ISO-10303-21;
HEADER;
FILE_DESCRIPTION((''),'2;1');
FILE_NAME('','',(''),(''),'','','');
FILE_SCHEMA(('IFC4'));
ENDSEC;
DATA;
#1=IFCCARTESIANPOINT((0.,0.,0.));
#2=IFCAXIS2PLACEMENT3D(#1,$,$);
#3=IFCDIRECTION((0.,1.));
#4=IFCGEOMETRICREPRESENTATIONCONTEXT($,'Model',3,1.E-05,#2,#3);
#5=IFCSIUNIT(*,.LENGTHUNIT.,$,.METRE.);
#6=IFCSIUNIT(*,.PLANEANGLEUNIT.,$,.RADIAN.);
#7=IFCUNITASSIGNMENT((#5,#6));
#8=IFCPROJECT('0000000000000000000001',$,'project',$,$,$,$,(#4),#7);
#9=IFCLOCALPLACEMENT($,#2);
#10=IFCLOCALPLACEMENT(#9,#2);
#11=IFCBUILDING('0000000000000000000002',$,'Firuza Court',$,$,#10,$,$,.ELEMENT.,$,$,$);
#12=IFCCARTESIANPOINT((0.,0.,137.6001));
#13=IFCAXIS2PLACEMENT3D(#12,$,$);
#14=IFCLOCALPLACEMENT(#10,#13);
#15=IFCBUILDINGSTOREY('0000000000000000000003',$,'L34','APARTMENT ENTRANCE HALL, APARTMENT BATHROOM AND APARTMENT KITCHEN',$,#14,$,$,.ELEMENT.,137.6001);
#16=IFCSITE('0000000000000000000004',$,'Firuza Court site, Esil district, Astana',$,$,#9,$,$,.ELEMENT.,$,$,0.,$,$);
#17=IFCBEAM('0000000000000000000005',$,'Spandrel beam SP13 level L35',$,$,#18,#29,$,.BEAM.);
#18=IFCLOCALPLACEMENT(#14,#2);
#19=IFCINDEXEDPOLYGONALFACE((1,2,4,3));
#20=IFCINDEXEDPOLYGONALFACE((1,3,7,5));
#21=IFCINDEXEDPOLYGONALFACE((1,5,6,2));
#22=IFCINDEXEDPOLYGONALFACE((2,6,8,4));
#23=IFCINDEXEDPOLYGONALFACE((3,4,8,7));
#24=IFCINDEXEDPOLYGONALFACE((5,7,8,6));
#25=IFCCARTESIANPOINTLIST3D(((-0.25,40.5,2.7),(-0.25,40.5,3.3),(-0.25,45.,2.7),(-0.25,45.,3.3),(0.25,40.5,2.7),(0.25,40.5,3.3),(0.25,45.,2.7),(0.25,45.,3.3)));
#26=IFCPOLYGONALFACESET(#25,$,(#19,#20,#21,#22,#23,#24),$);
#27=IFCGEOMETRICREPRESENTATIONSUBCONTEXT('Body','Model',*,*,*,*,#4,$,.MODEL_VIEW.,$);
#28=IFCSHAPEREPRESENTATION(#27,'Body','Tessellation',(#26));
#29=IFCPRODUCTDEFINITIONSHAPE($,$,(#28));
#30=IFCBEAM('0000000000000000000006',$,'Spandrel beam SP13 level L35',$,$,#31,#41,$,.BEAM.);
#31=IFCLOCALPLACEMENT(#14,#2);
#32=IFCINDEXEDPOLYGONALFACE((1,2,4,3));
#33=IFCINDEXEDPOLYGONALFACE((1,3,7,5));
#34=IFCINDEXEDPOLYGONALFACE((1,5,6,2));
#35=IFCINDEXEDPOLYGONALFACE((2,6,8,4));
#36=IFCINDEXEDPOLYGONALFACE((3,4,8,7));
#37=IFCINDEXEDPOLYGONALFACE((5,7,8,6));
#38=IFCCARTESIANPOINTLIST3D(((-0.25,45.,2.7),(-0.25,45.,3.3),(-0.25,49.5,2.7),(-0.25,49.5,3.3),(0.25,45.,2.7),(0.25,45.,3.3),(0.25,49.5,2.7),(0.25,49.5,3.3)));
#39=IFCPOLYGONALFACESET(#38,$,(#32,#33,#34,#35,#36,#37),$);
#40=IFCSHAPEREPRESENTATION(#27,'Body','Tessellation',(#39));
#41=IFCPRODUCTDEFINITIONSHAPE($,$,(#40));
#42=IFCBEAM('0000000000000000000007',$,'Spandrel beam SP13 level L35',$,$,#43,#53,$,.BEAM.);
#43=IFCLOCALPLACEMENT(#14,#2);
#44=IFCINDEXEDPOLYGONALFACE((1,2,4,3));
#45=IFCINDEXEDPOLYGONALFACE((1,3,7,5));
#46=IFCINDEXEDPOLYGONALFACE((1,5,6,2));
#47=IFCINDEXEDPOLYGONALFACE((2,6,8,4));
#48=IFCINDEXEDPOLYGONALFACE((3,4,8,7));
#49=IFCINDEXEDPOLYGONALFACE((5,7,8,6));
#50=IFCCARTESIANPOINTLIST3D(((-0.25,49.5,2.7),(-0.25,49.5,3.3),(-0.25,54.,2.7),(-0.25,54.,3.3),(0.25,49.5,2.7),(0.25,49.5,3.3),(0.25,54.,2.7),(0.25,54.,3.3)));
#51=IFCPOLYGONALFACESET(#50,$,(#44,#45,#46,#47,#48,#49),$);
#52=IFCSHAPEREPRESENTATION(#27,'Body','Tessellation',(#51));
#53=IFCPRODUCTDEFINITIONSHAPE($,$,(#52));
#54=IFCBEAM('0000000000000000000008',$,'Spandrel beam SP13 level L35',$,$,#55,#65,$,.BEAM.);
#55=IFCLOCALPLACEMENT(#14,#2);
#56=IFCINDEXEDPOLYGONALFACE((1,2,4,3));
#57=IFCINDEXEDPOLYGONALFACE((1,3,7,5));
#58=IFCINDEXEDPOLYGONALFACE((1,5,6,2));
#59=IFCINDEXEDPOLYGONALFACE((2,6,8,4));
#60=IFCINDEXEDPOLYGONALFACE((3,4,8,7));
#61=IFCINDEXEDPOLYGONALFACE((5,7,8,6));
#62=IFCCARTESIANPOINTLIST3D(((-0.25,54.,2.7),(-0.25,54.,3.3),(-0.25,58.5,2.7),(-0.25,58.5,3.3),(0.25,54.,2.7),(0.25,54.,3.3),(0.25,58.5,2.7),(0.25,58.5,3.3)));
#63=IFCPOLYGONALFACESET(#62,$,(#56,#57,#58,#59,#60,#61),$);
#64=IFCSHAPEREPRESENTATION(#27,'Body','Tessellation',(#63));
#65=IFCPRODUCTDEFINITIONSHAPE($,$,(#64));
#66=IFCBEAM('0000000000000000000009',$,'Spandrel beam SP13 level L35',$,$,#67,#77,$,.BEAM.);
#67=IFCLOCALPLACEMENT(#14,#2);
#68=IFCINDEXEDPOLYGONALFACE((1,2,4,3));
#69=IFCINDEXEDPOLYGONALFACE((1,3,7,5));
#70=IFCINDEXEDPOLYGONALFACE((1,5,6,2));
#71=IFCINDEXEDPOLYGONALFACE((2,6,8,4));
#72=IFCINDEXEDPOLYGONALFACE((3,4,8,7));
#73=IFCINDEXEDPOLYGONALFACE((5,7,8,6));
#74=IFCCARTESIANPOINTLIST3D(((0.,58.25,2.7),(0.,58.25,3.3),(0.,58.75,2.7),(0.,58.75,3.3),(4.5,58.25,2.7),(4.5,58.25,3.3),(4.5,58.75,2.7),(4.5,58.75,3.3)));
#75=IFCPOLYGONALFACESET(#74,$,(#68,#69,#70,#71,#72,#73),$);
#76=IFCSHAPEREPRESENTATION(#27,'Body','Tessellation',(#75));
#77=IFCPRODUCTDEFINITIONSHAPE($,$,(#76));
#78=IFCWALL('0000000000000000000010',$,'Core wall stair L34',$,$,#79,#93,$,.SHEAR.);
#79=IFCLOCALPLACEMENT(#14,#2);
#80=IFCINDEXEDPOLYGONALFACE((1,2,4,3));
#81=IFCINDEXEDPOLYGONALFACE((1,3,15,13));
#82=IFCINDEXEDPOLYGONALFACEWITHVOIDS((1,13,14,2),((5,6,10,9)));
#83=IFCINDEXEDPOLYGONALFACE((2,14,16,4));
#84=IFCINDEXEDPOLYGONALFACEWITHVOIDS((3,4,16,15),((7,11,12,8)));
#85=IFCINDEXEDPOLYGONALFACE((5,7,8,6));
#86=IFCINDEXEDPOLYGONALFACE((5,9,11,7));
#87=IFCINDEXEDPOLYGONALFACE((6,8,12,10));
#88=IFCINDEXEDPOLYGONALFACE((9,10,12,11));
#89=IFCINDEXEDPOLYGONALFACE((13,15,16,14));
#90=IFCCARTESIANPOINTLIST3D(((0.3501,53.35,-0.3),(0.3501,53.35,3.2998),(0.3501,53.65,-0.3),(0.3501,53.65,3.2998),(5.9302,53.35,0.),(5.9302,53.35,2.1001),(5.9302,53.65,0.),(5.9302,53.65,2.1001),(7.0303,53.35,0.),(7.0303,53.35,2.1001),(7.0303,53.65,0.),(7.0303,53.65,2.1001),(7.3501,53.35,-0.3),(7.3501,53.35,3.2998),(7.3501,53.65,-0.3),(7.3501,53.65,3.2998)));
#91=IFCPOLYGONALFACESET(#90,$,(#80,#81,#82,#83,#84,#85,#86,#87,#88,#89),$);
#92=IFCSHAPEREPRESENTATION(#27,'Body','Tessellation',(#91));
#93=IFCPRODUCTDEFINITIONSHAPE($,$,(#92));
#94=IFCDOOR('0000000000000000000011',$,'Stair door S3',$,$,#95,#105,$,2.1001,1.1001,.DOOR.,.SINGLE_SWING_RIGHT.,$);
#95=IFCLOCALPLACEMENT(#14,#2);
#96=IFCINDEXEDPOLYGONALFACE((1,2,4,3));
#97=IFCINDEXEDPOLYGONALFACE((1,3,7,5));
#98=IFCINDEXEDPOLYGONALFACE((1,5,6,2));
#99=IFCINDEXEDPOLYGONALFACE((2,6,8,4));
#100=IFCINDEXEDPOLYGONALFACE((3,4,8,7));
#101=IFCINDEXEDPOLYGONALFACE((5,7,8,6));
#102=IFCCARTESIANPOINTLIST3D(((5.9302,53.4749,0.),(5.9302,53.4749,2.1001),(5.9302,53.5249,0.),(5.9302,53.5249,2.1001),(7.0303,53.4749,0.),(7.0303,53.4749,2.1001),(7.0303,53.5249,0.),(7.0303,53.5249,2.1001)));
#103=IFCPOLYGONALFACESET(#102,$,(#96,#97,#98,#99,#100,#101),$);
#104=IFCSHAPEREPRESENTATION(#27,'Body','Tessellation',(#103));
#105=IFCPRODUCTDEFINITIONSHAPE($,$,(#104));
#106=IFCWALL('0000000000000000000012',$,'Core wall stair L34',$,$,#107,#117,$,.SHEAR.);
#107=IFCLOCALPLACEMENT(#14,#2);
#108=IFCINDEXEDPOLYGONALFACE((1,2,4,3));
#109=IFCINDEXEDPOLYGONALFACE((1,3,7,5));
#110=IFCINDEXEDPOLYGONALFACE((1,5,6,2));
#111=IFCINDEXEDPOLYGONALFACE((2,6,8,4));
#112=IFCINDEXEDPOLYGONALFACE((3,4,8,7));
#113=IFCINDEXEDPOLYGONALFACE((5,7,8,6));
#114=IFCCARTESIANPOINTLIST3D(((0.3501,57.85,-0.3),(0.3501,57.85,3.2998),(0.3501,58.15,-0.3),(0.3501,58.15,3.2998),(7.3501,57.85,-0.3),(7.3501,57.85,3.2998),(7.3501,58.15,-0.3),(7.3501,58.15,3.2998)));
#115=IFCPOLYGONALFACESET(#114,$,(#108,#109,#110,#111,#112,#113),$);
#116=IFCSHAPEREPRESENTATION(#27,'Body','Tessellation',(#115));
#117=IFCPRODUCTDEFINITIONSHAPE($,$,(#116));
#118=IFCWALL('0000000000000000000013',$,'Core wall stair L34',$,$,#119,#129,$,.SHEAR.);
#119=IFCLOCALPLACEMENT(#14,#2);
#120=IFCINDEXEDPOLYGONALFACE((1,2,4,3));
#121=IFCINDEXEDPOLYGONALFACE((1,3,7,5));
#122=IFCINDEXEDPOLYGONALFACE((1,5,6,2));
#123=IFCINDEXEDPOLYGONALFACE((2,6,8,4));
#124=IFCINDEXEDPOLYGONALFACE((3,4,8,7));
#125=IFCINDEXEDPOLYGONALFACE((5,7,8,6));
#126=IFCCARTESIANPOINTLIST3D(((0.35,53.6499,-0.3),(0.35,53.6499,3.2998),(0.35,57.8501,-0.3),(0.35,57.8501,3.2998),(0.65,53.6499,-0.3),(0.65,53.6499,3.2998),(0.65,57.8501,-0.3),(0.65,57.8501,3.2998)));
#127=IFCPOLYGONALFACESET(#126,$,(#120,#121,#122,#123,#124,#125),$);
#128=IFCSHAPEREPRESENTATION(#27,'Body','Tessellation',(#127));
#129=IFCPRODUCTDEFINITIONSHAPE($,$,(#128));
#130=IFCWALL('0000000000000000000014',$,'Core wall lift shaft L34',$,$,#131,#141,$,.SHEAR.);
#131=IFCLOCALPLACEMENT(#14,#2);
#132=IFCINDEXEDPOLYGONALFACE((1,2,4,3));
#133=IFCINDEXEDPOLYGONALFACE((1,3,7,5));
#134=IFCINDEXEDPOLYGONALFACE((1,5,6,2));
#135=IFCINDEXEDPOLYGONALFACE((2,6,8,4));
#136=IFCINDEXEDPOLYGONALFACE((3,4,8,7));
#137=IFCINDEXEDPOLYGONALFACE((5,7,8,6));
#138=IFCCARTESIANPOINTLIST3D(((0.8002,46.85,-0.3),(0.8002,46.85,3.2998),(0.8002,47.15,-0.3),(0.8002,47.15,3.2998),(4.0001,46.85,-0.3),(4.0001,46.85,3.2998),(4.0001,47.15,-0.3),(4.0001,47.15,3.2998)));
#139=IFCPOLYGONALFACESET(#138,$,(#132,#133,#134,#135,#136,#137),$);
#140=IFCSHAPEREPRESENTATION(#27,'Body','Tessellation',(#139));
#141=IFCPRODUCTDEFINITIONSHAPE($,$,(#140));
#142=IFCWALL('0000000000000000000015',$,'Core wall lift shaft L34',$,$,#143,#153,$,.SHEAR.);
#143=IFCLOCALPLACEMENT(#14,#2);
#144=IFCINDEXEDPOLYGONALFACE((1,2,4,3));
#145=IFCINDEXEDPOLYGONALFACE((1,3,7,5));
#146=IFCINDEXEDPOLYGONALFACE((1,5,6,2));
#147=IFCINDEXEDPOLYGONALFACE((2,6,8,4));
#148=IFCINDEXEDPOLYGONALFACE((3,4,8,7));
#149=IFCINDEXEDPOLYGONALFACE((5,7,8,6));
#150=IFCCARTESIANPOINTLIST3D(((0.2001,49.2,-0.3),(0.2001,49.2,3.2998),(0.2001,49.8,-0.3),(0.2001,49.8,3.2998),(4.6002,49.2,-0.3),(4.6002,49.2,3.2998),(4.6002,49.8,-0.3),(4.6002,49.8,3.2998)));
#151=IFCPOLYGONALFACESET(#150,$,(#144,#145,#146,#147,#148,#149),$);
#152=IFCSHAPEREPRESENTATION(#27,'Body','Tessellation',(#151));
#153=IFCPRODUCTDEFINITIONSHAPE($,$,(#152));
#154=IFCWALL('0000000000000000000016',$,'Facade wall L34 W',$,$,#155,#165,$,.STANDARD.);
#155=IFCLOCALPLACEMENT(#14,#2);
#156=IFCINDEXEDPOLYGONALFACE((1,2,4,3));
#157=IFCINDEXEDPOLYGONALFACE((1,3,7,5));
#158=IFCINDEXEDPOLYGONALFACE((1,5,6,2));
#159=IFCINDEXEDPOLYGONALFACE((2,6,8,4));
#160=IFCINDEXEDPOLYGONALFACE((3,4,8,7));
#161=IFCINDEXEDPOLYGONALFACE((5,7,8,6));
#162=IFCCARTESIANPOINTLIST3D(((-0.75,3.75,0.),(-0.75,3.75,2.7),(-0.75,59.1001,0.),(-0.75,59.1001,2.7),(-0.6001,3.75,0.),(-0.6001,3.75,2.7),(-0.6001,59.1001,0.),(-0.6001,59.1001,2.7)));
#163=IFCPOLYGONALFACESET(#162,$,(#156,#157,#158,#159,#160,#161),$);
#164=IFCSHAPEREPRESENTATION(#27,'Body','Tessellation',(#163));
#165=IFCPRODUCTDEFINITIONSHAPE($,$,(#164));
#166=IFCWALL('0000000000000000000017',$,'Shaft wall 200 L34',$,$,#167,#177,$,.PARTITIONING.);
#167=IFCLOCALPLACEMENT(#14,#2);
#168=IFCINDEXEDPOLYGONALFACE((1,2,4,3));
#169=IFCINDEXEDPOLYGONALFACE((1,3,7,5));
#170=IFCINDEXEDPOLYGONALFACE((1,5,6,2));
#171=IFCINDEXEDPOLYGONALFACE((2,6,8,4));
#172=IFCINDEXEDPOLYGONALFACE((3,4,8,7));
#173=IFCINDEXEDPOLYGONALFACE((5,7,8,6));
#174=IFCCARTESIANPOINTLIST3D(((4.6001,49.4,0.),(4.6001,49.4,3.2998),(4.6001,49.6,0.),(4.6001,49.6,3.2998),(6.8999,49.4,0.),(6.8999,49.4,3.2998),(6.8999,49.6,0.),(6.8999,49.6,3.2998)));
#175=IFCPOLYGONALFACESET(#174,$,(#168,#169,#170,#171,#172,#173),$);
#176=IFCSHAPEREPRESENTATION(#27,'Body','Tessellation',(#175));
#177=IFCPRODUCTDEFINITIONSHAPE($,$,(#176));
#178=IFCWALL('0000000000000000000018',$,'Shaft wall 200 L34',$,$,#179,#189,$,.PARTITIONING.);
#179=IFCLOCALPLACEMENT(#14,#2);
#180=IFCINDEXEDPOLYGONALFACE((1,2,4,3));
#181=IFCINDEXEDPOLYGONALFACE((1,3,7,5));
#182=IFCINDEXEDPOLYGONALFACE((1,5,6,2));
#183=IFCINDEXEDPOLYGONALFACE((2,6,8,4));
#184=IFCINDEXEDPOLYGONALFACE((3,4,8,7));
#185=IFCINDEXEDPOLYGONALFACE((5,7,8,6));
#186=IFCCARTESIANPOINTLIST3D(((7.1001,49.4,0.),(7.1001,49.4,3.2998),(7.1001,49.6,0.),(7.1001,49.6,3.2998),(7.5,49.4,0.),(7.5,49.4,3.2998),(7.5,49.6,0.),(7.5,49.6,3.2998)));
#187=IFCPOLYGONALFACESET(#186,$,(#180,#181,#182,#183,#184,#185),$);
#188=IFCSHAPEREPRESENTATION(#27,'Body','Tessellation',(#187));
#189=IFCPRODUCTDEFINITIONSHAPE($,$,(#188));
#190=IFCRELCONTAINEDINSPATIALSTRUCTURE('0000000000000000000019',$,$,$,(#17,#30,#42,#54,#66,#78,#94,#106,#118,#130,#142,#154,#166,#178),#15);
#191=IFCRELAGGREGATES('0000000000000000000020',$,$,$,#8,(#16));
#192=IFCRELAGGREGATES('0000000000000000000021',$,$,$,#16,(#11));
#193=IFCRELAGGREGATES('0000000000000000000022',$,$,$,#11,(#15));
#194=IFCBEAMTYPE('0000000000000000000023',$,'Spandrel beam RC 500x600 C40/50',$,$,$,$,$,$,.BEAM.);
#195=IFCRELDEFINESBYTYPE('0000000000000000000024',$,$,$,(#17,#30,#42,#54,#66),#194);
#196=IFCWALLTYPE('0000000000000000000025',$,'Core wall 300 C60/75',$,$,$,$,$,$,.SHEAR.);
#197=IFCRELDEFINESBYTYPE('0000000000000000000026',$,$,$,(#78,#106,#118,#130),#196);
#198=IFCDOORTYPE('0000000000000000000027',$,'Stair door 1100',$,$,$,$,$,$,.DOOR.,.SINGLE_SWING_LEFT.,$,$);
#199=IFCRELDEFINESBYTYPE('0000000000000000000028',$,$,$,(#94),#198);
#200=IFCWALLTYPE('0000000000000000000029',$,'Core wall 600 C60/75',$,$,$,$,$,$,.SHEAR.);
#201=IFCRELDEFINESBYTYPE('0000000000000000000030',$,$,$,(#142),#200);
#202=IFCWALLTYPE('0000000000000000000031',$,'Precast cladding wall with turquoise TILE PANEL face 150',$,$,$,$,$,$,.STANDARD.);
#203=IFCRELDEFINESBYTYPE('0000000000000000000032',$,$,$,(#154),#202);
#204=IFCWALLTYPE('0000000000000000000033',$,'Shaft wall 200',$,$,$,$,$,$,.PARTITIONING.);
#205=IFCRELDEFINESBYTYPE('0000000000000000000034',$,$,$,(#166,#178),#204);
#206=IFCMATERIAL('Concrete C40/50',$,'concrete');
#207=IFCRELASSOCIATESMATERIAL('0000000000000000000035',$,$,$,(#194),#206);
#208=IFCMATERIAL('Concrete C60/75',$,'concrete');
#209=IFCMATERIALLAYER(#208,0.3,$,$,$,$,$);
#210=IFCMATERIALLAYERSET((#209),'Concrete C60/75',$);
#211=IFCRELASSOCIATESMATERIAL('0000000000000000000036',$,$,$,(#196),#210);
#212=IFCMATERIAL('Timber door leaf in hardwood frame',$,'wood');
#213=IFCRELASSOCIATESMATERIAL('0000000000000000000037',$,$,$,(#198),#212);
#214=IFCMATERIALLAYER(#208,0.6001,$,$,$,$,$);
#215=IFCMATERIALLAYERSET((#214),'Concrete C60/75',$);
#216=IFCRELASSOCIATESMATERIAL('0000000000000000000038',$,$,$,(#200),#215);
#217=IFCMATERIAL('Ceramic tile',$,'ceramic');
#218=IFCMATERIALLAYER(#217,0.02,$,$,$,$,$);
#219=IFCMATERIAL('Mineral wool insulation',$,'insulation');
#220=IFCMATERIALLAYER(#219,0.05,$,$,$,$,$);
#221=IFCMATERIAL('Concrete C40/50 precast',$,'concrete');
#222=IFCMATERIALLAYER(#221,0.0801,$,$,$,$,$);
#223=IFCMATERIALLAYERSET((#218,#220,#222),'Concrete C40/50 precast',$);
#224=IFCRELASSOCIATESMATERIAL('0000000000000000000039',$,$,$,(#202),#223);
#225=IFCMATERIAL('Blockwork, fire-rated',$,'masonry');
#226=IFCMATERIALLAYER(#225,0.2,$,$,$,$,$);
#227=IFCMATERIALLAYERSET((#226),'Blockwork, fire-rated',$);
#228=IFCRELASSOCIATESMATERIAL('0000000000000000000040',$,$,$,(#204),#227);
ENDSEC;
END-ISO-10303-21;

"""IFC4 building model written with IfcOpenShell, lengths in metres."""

from ifc_helpers import new_model, si_unit, direction, frame, frame_2d, origin, origin_2d, place, context, subcontext, project, spatial, rectangle, extrude, material, layer, layer_set, material_profile, profile_set, type_object, element, fill, save


model = new_model("IFC4")

# Units and contexts
model_context = context("Model", 3, precision=1e-05, world=origin(), true_north=direction((0.0, 1.0)))
body_context = subcontext(model_context, "Body", "Model", "MODEL_VIEW")
ifc_project = project(units=[si_unit("LENGTHUNIT", "METRE"), si_unit("PLANEANGLEUNIT", "RADIAN")], contexts=[model_context])

# Site, building, storey
site_placement = place(None, origin())
site = spatial("IfcSite", under=ifc_project, at=site_placement, Name="Firuza Court site, Esil district, Astana", CompositionType="ELEMENT", RefElevation=0.0)
building_placement = place(site_placement, origin())
building = spatial("IfcBuilding", under=site, at=building_placement, Name="Firuza Court", CompositionType="ELEMENT")
storey_placement = place(building_placement, frame((0.0, 0.0, 137.6001)))
storey = spatial("IfcBuildingStorey", under=building, at=storey_placement, Name="L34", Description="APARTMENT ENTRANCE HALL, APARTMENT BATHROOM AND APARTMENT KITCHEN", CompositionType="ELEMENT", Elevation=137.6001)

# Beams
ifc_material_1 = material(Name="Concrete C40/50", Category="concrete")
ifc_material_profile_1 = material_profile(ifc_material_1, rectangle(XDim=0.5, YDim=0.6001, at=origin_2d()), Name="RC 500x600")
ifc_profile_set_1 = profile_set([ifc_material_profile_1], Name="Concrete C40/50")
beam_type = type_object("IfcBeamType", Name="Spandrel beam RC 500x600 C40/50", PredefinedType="BEAM", material=ifc_profile_set_1)
for number, where, z_axis, x_axis, name in (
    (1, (0.0, 45.0, 3.0), (0.0, -1.0, 0.0), (1.0, 0.0, 0.0), "Spandrel beam SP13 level L35"),
    (2, (0.0, 49.5, 3.0), (0.0, -1.0, 0.0), (1.0, 0.0, 0.0), "Spandrel beam SP13 level L35"),
    (3, (0.0, 54.0, 3.0), (0.0, -1.0, 0.0), (1.0, 0.0, 0.0), "Spandrel beam SP13 level L35"),
    (4, (0.0, 58.5, 3.0), (0.0, -1.0, 0.0), (1.0, 0.0, 0.0), "Spandrel beam SP13 level L35"),
    (5, (4.5, 58.5, 3.0), (-1.0, 0.0, 0.0), (0.0, -1.0, 0.0), "Spandrel beam SP13 level L35"),
):
    element("IfcBeam", number, at=place(storey_placement, frame(where, z_axis=z_axis, x_axis=x_axis)), inside=storey, type_object=beam_type, Name=name, PredefinedType="BEAM", context=body_context, shape_type="SweptSolid", body=[
        extrude(rectangle(XDim=0.5, YDim=0.6001, at=origin_2d()), origin(), (0.0, 0.0, 1.0), 4.5),
    ])

# Wall, opening, door
ifc_material_2 = material(Name="Concrete C60/75", Category="concrete")
ifc_layer_1 = layer(ifc_material_2, 0.3)
ifc_layer_set_1 = layer_set([ifc_layer_1], Name="Concrete C60/75")
wall_type_1 = type_object("IfcWallType", Name="Core wall 300 C60/75", PredefinedType="SHEAR", material=ifc_layer_set_1)
wall_1_placement = place(storey_placement, frame((0.3501, 53.5, -0.3), z_axis=(0.0, 0.0, 1.0), x_axis=(1.0, 0.0, 0.0)))
wall_1 = element("IfcWall", 6, at=wall_1_placement, inside=storey, type_object=wall_type_1, Name="Core wall stair L34", PredefinedType="SHEAR", context=body_context, shape_type="SweptSolid", body=[
    extrude(rectangle(XDim=7.0, YDim=0.3, at=frame_2d((3.5, 0.0))), origin(), (0.0, 0.0, 1.0), 3.5999),
])
opening_placement = place(wall_1_placement, frame((5.5801, 0.0, 0.3)))
opening = element("IfcOpeningElement", 7, at=opening_placement, cuts=wall_1, PredefinedType="OPENING", context=body_context, shape_type="SweptSolid", body=[
    extrude(rectangle(XDim=1.1001, YDim=2.1001, at=frame_2d((0.55, 1.05))), frame((0.0, 0.1621, 0.0), z_axis=(0.0, -1.0, 0.0), x_axis=(1.0, 0.0, 0.0)), (0.0, 0.0, 1.0), 0.324),
])
ifc_material_3 = material(Name="Timber door leaf in hardwood frame", Category="wood")
door_type = type_object("IfcDoorType", Name="Stair door 1100", OperationType="SINGLE_SWING_LEFT", PredefinedType="DOOR", material=ifc_material_3)
door_placement = place(opening_placement, origin())
door = element("IfcDoor", 8, at=door_placement, inside=storey, type_object=door_type, Name="Stair door S3", OperationType="SINGLE_SWING_RIGHT", OverallHeight=2.1001, OverallWidth=1.1001, PredefinedType="DOOR", context=body_context, shape_type="SweptSolid", body=[
    extrude(rectangle(XDim=1.1001, YDim=2.1001, at=frame_2d((0.55, 1.05))), frame((0.0, 0.0249, 0.0), z_axis=(0.0, -1.0, 0.0), x_axis=(1.0, 0.0, 0.0)), (0.0, 0.0, 1.0), 0.05),
])
fill(opening, door)

# Walls
wall_2_placement = place(storey_placement, frame((0.3501, 58.0, -0.3), z_axis=(0.0, 0.0, 1.0), x_axis=(1.0, 0.0, 0.0)))
element("IfcWall", 9, at=wall_2_placement, inside=storey, type_object=wall_type_1, Name="Core wall stair L34", PredefinedType="SHEAR", context=body_context, shape_type="SweptSolid", body=[
    extrude(rectangle(XDim=7.0, YDim=0.3, at=frame_2d((3.5, 0.0))), origin(), (0.0, 0.0, 1.0), 3.5999),
])
wall_3_placement = place(storey_placement, frame((0.5, 53.6499, -0.3), z_axis=(0.0, 0.0, 1.0), x_axis=(0.0, 1.0, 0.0)))
element("IfcWall", 10, at=wall_3_placement, inside=storey, type_object=wall_type_1, Name="Core wall stair L34", PredefinedType="SHEAR", context=body_context, shape_type="SweptSolid", body=[
    extrude(rectangle(XDim=4.2002, YDim=0.3, at=frame_2d((2.1001, 0.0))), origin(), (0.0, 0.0, 1.0), 3.5999),
])
wall_4_placement = place(storey_placement, frame((0.8, 47.0, -0.3), z_axis=(0.0, 0.0, 1.0), x_axis=(1.0, 0.0, 0.0)))
element("IfcWall", 11, at=wall_4_placement, inside=storey, type_object=wall_type_1, Name="Core wall lift shaft L34", PredefinedType="SHEAR", context=body_context, shape_type="SweptSolid", body=[
    extrude(rectangle(XDim=3.2, YDim=0.3, at=frame_2d((1.6001, 0.0))), origin(), (0.0, 0.0, 1.0), 3.5999),
])
ifc_layer_2 = layer(ifc_material_2, 0.6001)
ifc_layer_set_2 = layer_set([ifc_layer_2], Name="Concrete C60/75")
wall_type_2 = type_object("IfcWallType", Name="Core wall 600 C60/75", PredefinedType="SHEAR", material=ifc_layer_set_2)
wall_5_placement = place(storey_placement, frame((0.2, 49.5, -0.3), z_axis=(0.0, 0.0, 1.0), x_axis=(1.0, 0.0, 0.0)))
element("IfcWall", 12, at=wall_5_placement, inside=storey, type_object=wall_type_2, Name="Core wall lift shaft L34", PredefinedType="SHEAR", context=body_context, shape_type="SweptSolid", body=[
    extrude(rectangle(XDim=4.4001, YDim=0.6001, at=frame_2d((2.2002, 0.0))), origin(), (0.0, 0.0, 1.0), 3.5999),
])
ifc_material_4 = material(Name="Ceramic tile", Category="ceramic")
ifc_layer_3 = layer(ifc_material_4, 0.02)
ifc_material_5 = material(Name="Mineral wool insulation", Category="insulation")
ifc_layer_4 = layer(ifc_material_5, 0.05)
ifc_material_6 = material(Name="Concrete C40/50 precast", Category="concrete")
ifc_layer_5 = layer(ifc_material_6, 0.0801)
ifc_layer_set_3 = layer_set([ifc_layer_3, ifc_layer_4, ifc_layer_5], Name="Concrete C40/50 precast")
wall_type_3 = type_object("IfcWallType", Name="Precast cladding wall with turquoise TILE PANEL face 150", PredefinedType="STANDARD", material=ifc_layer_set_3)
wall_6_placement = place(storey_placement, frame((-0.675, 59.1001, 0.0), z_axis=(0.0, 0.0, 1.0), x_axis=(0.0, -1.0, 0.0)))
element("IfcWall", 13, at=wall_6_placement, inside=storey, type_object=wall_type_3, Name="Facade wall L34 W", PredefinedType="STANDARD", context=body_context, shape_type="SweptSolid", body=[
    extrude(rectangle(XDim=55.3501, YDim=0.1499, at=frame_2d((27.675, 0.0))), origin(), (0.0, 0.0, 1.0), 2.7),
])
ifc_material_7 = material(Name="Blockwork, fire-rated", Category="masonry")
ifc_layer_6 = layer(ifc_material_7, 0.2)
ifc_layer_set_4 = layer_set([ifc_layer_6], Name="Blockwork, fire-rated")
wall_type_4 = type_object("IfcWallType", Name="Shaft wall 200", PredefinedType="PARTITIONING", material=ifc_layer_set_4)
wall_7_placement = place(storey_placement, frame((4.6001, 49.5, 0.0), z_axis=(0.0, 0.0, 1.0), x_axis=(1.0, 0.0, 0.0)))
element("IfcWall", 14, at=wall_7_placement, inside=storey, type_object=wall_type_4, Name="Shaft wall 200 L34", PredefinedType="PARTITIONING", context=body_context, shape_type="SweptSolid", body=[
    extrude(rectangle(XDim=2.2998, YDim=0.2, at=frame_2d((1.1499, 0.0))), origin(), (0.0, 0.0, 1.0), 3.2998),
])
wall_8_placement = place(storey_placement, frame((7.1001, 49.5, 0.0), z_axis=(0.0, 0.0, 1.0), x_axis=(1.0, 0.0, 0.0)))
element("IfcWall", 15, at=wall_8_placement, inside=storey, type_object=wall_type_4, Name="Shaft wall 200 L34", PredefinedType="PARTITIONING", context=body_context, shape_type="SweptSolid", body=[
    extrude(rectangle(XDim=0.3999, YDim=0.2, at=frame_2d((0.2, 0.0))), origin(), (0.0, 0.0, 1.0), 3.2998),
])

save(model, "model.ifc")
